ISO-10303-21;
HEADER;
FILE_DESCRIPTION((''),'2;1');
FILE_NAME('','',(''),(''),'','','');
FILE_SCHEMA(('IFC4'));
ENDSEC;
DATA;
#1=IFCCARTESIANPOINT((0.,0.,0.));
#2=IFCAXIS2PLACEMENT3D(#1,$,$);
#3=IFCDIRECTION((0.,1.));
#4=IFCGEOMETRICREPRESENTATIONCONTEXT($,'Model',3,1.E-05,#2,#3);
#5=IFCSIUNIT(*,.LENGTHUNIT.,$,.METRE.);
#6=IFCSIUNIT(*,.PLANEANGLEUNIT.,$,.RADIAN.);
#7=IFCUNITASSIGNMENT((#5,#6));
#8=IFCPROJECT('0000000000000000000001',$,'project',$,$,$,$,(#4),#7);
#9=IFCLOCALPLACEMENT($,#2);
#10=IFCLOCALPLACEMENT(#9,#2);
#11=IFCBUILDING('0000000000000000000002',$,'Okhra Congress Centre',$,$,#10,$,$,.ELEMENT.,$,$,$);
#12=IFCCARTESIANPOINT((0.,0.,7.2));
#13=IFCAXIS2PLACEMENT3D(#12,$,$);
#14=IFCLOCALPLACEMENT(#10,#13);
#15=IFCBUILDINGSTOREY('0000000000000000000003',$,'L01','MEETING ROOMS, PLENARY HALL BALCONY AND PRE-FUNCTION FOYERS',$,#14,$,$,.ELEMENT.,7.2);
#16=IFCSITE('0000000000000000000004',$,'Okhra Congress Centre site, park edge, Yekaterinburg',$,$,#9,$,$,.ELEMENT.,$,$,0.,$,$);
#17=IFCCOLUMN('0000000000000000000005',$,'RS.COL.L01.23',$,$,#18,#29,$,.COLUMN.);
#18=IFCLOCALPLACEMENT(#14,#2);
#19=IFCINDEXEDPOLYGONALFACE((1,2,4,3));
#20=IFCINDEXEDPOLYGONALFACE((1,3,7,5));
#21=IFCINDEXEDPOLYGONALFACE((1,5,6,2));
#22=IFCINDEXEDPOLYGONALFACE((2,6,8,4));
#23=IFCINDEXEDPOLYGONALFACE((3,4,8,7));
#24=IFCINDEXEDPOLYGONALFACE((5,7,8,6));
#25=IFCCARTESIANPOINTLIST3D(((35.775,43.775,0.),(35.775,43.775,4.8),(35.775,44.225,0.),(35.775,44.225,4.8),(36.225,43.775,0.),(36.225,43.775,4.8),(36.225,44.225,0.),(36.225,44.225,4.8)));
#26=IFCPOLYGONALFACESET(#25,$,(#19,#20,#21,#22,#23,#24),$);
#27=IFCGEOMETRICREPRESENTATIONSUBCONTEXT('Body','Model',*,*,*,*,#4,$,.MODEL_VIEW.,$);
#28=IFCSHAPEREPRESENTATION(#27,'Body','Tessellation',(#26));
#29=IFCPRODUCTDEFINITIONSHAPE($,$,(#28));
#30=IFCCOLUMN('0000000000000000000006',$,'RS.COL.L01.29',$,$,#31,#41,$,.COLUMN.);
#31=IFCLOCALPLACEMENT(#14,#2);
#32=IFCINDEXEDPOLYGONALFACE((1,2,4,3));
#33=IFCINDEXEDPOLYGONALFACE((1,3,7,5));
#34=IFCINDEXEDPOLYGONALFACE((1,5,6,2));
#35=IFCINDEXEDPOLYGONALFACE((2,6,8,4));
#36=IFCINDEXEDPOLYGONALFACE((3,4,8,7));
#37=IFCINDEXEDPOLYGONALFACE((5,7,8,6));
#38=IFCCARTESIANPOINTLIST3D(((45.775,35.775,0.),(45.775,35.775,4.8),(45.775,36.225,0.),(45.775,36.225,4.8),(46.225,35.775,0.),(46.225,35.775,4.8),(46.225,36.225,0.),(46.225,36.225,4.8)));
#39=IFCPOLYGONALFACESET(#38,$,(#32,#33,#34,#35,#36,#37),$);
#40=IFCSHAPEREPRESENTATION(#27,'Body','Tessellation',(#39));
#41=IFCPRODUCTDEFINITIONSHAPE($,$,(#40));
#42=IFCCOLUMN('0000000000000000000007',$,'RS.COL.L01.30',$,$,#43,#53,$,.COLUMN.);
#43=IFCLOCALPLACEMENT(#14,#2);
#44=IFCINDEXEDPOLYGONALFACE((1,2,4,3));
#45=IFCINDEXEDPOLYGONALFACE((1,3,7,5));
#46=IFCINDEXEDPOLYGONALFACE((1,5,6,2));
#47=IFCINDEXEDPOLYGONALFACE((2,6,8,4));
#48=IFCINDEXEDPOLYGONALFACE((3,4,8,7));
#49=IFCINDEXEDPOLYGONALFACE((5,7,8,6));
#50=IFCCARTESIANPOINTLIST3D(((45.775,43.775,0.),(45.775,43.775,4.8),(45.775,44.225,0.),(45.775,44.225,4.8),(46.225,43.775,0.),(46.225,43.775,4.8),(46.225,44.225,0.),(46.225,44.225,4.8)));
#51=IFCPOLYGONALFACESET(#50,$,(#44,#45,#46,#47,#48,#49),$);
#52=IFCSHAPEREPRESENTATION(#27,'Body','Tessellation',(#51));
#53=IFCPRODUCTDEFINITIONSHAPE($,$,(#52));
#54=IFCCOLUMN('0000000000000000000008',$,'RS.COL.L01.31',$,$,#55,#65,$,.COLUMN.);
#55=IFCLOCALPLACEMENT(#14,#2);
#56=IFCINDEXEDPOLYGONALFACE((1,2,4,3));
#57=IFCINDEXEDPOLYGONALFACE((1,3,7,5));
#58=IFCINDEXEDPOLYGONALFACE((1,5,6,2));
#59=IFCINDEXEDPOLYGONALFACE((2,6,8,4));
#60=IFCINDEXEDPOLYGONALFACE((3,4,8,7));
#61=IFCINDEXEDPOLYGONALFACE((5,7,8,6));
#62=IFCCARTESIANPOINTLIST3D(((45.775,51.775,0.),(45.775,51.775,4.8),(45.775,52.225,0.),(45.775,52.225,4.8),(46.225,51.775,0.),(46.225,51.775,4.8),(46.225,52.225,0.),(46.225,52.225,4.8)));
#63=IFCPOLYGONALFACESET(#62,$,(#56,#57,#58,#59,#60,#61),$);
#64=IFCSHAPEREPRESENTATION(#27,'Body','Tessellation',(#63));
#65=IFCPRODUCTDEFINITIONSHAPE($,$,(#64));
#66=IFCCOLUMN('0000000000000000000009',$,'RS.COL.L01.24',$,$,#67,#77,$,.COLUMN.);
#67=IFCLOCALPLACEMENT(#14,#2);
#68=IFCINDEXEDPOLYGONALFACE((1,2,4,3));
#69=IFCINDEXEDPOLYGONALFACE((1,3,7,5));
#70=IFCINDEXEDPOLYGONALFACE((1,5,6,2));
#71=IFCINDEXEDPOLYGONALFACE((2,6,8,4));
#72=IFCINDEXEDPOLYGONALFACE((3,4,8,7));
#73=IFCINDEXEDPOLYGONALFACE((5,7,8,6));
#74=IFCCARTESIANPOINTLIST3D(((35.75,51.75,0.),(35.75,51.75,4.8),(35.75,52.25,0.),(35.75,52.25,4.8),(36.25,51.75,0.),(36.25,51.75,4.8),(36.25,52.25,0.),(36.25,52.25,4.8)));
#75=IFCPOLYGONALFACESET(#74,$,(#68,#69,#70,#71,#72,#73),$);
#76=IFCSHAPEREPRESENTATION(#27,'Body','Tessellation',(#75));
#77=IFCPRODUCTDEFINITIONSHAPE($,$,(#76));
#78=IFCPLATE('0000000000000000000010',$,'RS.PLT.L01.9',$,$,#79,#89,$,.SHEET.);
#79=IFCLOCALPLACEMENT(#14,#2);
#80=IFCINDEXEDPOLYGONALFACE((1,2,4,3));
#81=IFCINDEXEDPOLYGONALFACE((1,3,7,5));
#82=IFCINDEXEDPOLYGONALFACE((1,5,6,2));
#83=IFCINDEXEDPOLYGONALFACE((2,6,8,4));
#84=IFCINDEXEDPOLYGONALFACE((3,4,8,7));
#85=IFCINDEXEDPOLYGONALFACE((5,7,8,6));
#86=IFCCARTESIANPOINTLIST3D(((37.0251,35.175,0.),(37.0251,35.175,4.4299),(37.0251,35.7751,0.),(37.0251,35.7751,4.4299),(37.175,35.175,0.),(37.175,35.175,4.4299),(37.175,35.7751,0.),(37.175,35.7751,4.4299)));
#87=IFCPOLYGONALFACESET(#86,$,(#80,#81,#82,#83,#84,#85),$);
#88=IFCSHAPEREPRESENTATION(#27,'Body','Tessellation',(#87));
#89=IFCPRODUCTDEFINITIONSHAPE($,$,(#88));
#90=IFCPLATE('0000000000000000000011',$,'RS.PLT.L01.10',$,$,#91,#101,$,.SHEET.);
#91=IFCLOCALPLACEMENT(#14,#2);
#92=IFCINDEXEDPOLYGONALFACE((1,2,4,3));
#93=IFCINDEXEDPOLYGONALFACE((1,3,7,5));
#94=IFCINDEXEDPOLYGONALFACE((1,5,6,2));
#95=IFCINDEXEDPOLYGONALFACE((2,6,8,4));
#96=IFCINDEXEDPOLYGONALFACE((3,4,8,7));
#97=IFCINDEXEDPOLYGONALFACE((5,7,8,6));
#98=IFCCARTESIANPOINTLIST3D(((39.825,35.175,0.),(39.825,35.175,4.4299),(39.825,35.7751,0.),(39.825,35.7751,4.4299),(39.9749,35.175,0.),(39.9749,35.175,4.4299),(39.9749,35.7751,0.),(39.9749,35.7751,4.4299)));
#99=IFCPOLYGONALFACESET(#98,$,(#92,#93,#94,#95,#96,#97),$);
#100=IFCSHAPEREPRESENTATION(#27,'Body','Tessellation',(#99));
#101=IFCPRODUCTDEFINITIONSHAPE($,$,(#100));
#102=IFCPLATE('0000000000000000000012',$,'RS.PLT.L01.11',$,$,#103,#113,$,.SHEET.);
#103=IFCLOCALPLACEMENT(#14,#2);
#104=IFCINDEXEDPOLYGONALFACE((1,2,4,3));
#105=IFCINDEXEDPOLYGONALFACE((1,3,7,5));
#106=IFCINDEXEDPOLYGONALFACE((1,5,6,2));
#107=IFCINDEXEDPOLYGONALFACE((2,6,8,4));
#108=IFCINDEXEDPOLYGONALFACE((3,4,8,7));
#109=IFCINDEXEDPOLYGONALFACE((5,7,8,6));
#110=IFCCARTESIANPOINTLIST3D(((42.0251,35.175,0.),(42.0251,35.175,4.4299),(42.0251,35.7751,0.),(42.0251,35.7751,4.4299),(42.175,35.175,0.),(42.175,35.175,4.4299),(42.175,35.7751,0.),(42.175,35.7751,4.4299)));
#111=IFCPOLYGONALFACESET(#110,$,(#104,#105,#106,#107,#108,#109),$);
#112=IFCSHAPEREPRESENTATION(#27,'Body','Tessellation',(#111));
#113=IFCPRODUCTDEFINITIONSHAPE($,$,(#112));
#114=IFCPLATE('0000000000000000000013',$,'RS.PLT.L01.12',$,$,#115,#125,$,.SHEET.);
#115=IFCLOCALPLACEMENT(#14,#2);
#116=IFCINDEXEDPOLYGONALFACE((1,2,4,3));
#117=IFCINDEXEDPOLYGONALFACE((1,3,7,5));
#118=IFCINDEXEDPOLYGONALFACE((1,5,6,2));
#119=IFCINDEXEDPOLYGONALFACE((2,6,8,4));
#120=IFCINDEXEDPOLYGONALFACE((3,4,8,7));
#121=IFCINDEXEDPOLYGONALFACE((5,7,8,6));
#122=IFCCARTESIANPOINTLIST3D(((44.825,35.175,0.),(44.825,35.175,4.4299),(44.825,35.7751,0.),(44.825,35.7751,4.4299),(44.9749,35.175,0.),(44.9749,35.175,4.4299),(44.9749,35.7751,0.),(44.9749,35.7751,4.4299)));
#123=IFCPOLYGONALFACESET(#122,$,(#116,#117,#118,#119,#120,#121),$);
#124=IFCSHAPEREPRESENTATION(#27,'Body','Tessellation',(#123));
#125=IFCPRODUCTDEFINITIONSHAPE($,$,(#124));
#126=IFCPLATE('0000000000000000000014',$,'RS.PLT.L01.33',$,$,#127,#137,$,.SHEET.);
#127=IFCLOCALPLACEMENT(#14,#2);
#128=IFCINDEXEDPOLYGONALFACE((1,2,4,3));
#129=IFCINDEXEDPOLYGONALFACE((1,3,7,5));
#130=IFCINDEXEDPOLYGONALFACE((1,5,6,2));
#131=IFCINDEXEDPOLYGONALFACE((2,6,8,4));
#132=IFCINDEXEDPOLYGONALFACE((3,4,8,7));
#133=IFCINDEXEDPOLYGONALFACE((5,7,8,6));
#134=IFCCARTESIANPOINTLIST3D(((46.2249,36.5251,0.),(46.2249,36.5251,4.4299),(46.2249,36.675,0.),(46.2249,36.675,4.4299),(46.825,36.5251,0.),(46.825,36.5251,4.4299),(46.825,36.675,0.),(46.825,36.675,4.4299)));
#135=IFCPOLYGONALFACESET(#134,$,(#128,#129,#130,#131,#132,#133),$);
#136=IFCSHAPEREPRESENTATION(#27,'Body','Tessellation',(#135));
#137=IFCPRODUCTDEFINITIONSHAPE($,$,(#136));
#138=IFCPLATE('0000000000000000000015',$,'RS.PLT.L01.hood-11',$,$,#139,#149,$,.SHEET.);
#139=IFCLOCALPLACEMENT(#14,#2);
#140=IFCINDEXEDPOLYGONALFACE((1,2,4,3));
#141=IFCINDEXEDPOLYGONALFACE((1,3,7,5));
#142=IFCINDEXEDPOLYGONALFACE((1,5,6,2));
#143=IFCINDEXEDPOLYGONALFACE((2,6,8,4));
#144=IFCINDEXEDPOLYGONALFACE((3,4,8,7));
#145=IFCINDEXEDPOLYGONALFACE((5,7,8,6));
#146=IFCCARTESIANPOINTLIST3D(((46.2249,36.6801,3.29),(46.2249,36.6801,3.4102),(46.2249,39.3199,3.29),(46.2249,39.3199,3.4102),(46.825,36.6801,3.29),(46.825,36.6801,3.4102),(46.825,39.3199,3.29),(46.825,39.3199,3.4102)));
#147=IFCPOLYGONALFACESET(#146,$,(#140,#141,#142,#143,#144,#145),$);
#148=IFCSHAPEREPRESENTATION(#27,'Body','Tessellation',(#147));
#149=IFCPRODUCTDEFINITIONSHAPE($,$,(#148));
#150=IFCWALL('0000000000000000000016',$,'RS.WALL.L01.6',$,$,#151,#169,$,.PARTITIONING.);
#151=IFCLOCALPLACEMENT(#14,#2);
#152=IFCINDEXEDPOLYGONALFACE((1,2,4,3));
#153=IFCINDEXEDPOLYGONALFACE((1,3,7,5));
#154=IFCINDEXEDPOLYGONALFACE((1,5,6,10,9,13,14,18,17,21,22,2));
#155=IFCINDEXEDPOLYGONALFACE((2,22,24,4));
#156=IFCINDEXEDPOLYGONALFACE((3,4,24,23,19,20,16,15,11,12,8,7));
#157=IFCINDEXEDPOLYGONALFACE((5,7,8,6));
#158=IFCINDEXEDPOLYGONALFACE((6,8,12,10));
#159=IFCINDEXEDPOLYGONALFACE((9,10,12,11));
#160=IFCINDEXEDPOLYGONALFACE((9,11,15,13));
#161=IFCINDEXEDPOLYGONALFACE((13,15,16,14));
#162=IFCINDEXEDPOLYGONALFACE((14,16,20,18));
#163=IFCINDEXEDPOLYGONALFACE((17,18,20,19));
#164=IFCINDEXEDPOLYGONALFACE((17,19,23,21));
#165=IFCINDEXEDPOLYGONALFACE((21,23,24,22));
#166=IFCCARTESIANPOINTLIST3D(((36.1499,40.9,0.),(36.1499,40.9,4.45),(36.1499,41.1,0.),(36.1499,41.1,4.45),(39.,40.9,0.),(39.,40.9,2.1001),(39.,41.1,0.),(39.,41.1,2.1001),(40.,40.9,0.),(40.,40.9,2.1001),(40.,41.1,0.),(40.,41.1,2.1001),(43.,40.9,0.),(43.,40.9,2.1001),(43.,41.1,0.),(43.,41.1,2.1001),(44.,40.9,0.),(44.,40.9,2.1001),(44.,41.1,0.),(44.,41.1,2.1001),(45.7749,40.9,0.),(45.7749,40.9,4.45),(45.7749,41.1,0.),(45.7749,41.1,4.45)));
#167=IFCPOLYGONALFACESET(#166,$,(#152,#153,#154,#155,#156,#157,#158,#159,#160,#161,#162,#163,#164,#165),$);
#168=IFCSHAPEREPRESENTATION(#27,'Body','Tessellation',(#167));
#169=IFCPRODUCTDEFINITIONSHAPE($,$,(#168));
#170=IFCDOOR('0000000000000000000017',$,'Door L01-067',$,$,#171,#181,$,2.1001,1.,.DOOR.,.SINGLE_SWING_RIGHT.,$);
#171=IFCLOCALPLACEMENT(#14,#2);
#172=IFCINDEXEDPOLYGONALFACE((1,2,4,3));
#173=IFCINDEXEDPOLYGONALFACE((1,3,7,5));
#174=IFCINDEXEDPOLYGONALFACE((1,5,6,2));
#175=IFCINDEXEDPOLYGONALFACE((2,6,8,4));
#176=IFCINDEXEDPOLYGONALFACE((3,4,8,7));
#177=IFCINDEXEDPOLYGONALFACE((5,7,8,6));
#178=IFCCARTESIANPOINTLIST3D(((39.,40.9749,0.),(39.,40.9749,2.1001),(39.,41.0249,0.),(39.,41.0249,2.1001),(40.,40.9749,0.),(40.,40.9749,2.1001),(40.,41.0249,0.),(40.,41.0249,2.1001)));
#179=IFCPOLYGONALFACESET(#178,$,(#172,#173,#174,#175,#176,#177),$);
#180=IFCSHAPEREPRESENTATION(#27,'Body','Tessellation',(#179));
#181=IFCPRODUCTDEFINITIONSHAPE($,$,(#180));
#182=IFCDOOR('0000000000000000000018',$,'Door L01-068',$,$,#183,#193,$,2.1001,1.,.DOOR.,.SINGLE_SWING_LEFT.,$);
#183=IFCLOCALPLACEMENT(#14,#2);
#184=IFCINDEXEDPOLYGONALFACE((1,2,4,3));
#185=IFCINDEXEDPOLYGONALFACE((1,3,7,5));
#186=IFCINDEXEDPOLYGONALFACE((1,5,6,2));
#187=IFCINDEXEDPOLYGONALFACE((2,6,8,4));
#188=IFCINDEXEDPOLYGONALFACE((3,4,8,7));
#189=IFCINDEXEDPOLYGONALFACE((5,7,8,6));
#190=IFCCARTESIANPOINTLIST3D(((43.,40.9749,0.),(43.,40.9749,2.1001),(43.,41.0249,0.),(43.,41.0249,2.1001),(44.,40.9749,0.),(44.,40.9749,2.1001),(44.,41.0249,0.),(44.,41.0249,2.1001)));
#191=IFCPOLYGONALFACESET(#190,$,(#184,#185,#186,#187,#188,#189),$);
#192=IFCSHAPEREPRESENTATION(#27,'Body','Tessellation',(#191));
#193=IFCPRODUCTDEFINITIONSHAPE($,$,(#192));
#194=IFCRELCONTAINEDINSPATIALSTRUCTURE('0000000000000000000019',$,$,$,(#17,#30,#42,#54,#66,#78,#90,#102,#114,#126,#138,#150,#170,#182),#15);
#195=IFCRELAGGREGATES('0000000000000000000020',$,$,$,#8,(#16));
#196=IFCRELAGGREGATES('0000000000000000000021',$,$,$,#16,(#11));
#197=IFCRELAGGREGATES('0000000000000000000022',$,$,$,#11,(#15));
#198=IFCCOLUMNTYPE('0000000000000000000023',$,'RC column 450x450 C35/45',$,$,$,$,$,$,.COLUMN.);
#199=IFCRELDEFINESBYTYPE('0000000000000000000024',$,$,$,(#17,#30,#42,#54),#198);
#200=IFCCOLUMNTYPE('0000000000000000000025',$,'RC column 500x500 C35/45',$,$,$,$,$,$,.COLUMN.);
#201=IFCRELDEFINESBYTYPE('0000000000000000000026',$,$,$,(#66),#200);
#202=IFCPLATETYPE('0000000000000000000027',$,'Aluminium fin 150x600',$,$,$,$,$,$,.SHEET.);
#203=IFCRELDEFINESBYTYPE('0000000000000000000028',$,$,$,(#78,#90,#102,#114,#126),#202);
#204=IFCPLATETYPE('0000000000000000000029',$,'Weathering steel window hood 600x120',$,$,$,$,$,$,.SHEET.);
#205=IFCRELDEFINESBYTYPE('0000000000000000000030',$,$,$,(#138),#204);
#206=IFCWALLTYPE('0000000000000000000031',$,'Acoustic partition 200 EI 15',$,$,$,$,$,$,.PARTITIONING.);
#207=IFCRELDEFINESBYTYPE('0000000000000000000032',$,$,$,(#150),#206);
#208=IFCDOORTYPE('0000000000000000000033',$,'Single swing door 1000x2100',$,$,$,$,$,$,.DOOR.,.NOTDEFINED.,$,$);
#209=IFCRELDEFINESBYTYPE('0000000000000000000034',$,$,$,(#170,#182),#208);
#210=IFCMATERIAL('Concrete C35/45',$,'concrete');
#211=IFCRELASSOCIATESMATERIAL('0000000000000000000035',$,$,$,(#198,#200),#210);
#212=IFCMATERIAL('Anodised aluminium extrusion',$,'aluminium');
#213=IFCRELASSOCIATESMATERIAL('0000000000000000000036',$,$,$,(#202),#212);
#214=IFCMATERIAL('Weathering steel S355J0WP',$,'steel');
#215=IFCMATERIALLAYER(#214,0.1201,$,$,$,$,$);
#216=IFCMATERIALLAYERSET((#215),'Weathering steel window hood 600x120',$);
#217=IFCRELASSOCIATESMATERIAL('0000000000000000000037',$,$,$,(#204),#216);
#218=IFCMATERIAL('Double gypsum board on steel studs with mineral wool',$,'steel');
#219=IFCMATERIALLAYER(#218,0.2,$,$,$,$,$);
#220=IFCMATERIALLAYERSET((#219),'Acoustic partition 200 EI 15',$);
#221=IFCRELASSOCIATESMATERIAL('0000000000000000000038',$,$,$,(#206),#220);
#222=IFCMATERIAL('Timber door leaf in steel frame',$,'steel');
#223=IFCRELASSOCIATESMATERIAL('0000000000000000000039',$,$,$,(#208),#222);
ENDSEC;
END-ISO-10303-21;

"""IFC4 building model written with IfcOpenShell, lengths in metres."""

from ifc_helpers import new_model, si_unit, direction, frame, frame_2d, origin, origin_2d, place, context, subcontext, project, spatial, rectangle, extrude, material, layer, layer_set, material_profile, profile_set, type_object, element, fill, save


model = new_model("IFC4")

# Units and contexts
model_context = context("Model", 3, precision=1e-05, world=origin(), true_north=direction((0.0, 1.0)))
body_context = subcontext(model_context, "Body", "Model", "MODEL_VIEW")
ifc_project = project(units=[si_unit("LENGTHUNIT", "METRE"), si_unit("PLANEANGLEUNIT", "RADIAN")], contexts=[model_context])

# Site, building, storey
site_placement = place(None, origin())
site = spatial("IfcSite", under=ifc_project, at=site_placement, Name="Okhra Congress Centre site, park edge, Yekaterinburg", CompositionType="ELEMENT", RefElevation=0.0)
building_placement = place(site_placement, origin())
building = spatial("IfcBuilding", under=site, at=building_placement, Name="Okhra Congress Centre", CompositionType="ELEMENT")
storey_placement = place(building_placement, frame((0.0, 0.0, 7.2)))
storey = spatial("IfcBuildingStorey", under=building, at=storey_placement, Name="L01", Description="MEETING ROOMS, PLENARY HALL BALCONY AND PRE-FUNCTION FOYERS", CompositionType="ELEMENT", Elevation=7.2)

# Columns
ifc_material_1 = material(Name="Concrete C35/45", Category="concrete")
ifc_material_profile_1 = material_profile(ifc_material_1, rectangle(XDim=0.45, YDim=0.45, at=origin_2d()), Name="RC 450x450")
ifc_profile_set_1 = profile_set([ifc_material_profile_1], Name="Concrete C35/45")
column_type_1 = type_object("IfcColumnType", Name="RC column 450x450 C35/45", PredefinedType="COLUMN", material=ifc_profile_set_1)
for number, where, z_axis, x_axis, name in (
    (1, (36.0, 44.0, 0.0), (0.0, 0.0, 1.0), (1.0, 0.0, 0.0), "RS.COL.L01.23"),
    (2, (46.0, 36.0, 0.0), (0.0, 0.0, 1.0), (1.0, 0.0, 0.0), "RS.COL.L01.29"),
    (3, (46.0, 44.0, 0.0), (0.0, 0.0, 1.0), (1.0, 0.0, 0.0), "RS.COL.L01.30"),
    (4, (46.0, 52.0, 0.0), (0.0, 0.0, 1.0), (1.0, 0.0, 0.0), "RS.COL.L01.31"),
):
    element("IfcColumn", number, at=place(storey_placement, frame(where, z_axis=z_axis, x_axis=x_axis)), inside=storey, type_object=column_type_1, Name=name, PredefinedType="COLUMN", context=body_context, shape_type="SweptSolid", body=[
        extrude(rectangle(XDim=0.45, YDim=0.45, at=origin_2d()), origin(), (0.0, 0.0, 1.0), 4.8),
    ])
ifc_material_profile_2 = material_profile(ifc_material_1, rectangle(XDim=0.5, YDim=0.5, at=origin_2d()), Name="RC 500x500")
ifc_profile_set_2 = profile_set([ifc_material_profile_2], Name="Concrete C35/45")
column_type_2 = type_object("IfcColumnType", Name="RC column 500x500 C35/45", PredefinedType="COLUMN", material=ifc_profile_set_2)
column_placement = place(storey_placement, frame((36.0, 52.0, 0.0), z_axis=(0.0, 0.0, 1.0), x_axis=(1.0, 0.0, 0.0)))
element("IfcColumn", 5, at=column_placement, inside=storey, type_object=column_type_2, Name="RS.COL.L01.24", PredefinedType="COLUMN", context=body_context, shape_type="SweptSolid", body=[
    extrude(rectangle(XDim=0.5, YDim=0.5, at=origin_2d()), origin(), (0.0, 0.0, 1.0), 4.8),
])

# Plates
ifc_material_2 = material(Name="Anodised aluminium extrusion", Category="aluminium")
plate_type_1 = type_object("IfcPlateType", Name="Aluminium fin 150x600", PredefinedType="SHEET", material=ifc_material_2)
for number, where, z_axis, x_axis, name in (
    (6, (37.1001, 35.4751, 0.0), (0.0, 0.0, 1.0), (1.0, 0.0, 0.0), "RS.PLT.L01.9"),
    (7, (39.8999, 35.4751, 0.0), (0.0, 0.0, 1.0), (1.0, 0.0, 0.0), "RS.PLT.L01.10"),
    (8, (42.1001, 35.4751, 0.0), (0.0, 0.0, 1.0), (1.0, 0.0, 0.0), "RS.PLT.L01.11"),
    (9, (44.8999, 35.4751, 0.0), (0.0, 0.0, 1.0), (1.0, 0.0, 0.0), "RS.PLT.L01.12"),
    (10, (46.5249, 36.6001, 0.0), (0.0, 0.0, 1.0), (0.0, 1.0, 0.0), "RS.PLT.L01.33"),
):
    element("IfcPlate", number, at=place(storey_placement, frame(where, z_axis=z_axis, x_axis=x_axis)), inside=storey, type_object=plate_type_1, Name=name, PredefinedType="SHEET", context=body_context, shape_type="SweptSolid", body=[
        extrude(rectangle(XDim=0.1499, YDim=0.6001, at=origin_2d()), origin(), (0.0, 0.0, 1.0), 4.4299),
    ])
ifc_material_3 = material(Name="Weathering steel S355J0WP", Category="steel")
ifc_layer_1 = layer(ifc_material_3, 0.1201)
ifc_layer_set_1 = layer_set([ifc_layer_1], Name="Weathering steel window hood 600x120")
plate_type_2 = type_object("IfcPlateType", Name="Weathering steel window hood 600x120", PredefinedType="SHEET", material=ifc_layer_set_1)
plate_placement = place(storey_placement, frame((46.5249, 38.0, 3.29), z_axis=(0.0, 0.0, 1.0), x_axis=(0.0, 1.0, 0.0)))
element("IfcPlate", 11, at=plate_placement, inside=storey, type_object=plate_type_2, Name="RS.PLT.L01.hood-11", PredefinedType="SHEET", context=body_context, shape_type="SweptSolid", body=[
    extrude(rectangle(XDim=2.6399, YDim=0.6001, at=origin_2d()), origin(), (0.0, 0.0, 1.0), 0.1201),
])

# Wall, openings, doors
ifc_material_4 = material(Name="Double gypsum board on steel studs with mineral wool", Category="steel")
ifc_layer_2 = layer(ifc_material_4, 0.2)
ifc_layer_set_2 = layer_set([ifc_layer_2], Name="Acoustic partition 200 EI 15")
wall_type_1 = type_object("IfcWallType", Name="Acoustic partition 200 EI 15", PredefinedType="PARTITIONING", material=ifc_layer_set_2)
wall_1_placement = place(storey_placement, frame((36.1499, 41.0, 0.0), z_axis=(0.0, 0.0, 1.0), x_axis=(1.0, 0.0, 0.0)))
wall_1 = element("IfcWall", 12, at=wall_1_placement, inside=storey, type_object=wall_type_1, Name="RS.WALL.L01.6", PredefinedType="PARTITIONING", context=body_context, shape_type="SweptSolid", body=[
    extrude(rectangle(XDim=9.625, YDim=0.2, at=frame_2d((4.8125, 0.0))), origin(), (0.0, 0.0, 1.0), 4.45),
])
opening_1_placement = place(wall_1_placement, frame((2.8501, 0.0, 0.0)))
opening_1 = element("IfcOpeningElement", 13, at=opening_1_placement, cuts=wall_1, PredefinedType="OPENING", context=body_context, shape_type="SweptSolid", body=[
    extrude(rectangle(XDim=1.0, YDim=2.1001, at=frame_2d((0.5, 1.05))), frame((0.0, 0.1099, 0.0), z_axis=(0.0, -1.0, 0.0), x_axis=(1.0, 0.0, 0.0)), (0.0, 0.0, 1.0), 0.22),
])
opening_2_placement = place(wall_1_placement, frame((6.8501, 0.0, 0.0)))
opening_2 = element("IfcOpeningElement", 14, at=opening_2_placement, cuts=wall_1, PredefinedType="OPENING", context=body_context, shape_type="SweptSolid", body=[
    extrude(rectangle(XDim=1.0, YDim=2.1001, at=frame_2d((0.5, 1.05))), frame((0.0, 0.1099, 0.0), z_axis=(0.0, -1.0, 0.0), x_axis=(1.0, 0.0, 0.0)), (0.0, 0.0, 1.0), 0.22),
])
ifc_material_5 = material(Name="Timber door leaf in steel frame", Category="steel")
door_type_1 = type_object("IfcDoorType", Name="Single swing door 1000x2100", OperationType="NOTDEFINED", PredefinedType="DOOR", material=ifc_material_5)
door_1_placement = place(opening_1_placement, origin())
door_1 = element("IfcDoor", 15, at=door_1_placement, inside=storey, type_object=door_type_1, Name="Door L01-067", OperationType="SINGLE_SWING_RIGHT", OverallHeight=2.1001, OverallWidth=1.0, PredefinedType="DOOR", context=body_context, shape_type="SweptSolid", body=[
    extrude(rectangle(XDim=1.0, YDim=2.1001, at=frame_2d((0.5, 1.05))), frame((0.0, 0.0249, 0.0), z_axis=(0.0, -1.0, 0.0), x_axis=(1.0, 0.0, 0.0)), (0.0, 0.0, 1.0), 0.05),
])
fill(opening_1, door_1)
door_2_placement = place(opening_2_placement, origin())
door_2 = element("IfcDoor", 16, at=door_2_placement, inside=storey, type_object=door_type_1, Name="Door L01-068", OperationType="SINGLE_SWING_LEFT", OverallHeight=2.1001, OverallWidth=1.0, PredefinedType="DOOR", context=body_context, shape_type="SweptSolid", body=[
    extrude(rectangle(XDim=1.0, YDim=2.1001, at=frame_2d((0.5, 1.05))), frame((0.0, 0.0249, 0.0), z_axis=(0.0, -1.0, 0.0), x_axis=(1.0, 0.0, 0.0)), (0.0, 0.0, 1.0), 0.05),
])
fill(opening_2, door_2)

save(model, "model.ifc")
